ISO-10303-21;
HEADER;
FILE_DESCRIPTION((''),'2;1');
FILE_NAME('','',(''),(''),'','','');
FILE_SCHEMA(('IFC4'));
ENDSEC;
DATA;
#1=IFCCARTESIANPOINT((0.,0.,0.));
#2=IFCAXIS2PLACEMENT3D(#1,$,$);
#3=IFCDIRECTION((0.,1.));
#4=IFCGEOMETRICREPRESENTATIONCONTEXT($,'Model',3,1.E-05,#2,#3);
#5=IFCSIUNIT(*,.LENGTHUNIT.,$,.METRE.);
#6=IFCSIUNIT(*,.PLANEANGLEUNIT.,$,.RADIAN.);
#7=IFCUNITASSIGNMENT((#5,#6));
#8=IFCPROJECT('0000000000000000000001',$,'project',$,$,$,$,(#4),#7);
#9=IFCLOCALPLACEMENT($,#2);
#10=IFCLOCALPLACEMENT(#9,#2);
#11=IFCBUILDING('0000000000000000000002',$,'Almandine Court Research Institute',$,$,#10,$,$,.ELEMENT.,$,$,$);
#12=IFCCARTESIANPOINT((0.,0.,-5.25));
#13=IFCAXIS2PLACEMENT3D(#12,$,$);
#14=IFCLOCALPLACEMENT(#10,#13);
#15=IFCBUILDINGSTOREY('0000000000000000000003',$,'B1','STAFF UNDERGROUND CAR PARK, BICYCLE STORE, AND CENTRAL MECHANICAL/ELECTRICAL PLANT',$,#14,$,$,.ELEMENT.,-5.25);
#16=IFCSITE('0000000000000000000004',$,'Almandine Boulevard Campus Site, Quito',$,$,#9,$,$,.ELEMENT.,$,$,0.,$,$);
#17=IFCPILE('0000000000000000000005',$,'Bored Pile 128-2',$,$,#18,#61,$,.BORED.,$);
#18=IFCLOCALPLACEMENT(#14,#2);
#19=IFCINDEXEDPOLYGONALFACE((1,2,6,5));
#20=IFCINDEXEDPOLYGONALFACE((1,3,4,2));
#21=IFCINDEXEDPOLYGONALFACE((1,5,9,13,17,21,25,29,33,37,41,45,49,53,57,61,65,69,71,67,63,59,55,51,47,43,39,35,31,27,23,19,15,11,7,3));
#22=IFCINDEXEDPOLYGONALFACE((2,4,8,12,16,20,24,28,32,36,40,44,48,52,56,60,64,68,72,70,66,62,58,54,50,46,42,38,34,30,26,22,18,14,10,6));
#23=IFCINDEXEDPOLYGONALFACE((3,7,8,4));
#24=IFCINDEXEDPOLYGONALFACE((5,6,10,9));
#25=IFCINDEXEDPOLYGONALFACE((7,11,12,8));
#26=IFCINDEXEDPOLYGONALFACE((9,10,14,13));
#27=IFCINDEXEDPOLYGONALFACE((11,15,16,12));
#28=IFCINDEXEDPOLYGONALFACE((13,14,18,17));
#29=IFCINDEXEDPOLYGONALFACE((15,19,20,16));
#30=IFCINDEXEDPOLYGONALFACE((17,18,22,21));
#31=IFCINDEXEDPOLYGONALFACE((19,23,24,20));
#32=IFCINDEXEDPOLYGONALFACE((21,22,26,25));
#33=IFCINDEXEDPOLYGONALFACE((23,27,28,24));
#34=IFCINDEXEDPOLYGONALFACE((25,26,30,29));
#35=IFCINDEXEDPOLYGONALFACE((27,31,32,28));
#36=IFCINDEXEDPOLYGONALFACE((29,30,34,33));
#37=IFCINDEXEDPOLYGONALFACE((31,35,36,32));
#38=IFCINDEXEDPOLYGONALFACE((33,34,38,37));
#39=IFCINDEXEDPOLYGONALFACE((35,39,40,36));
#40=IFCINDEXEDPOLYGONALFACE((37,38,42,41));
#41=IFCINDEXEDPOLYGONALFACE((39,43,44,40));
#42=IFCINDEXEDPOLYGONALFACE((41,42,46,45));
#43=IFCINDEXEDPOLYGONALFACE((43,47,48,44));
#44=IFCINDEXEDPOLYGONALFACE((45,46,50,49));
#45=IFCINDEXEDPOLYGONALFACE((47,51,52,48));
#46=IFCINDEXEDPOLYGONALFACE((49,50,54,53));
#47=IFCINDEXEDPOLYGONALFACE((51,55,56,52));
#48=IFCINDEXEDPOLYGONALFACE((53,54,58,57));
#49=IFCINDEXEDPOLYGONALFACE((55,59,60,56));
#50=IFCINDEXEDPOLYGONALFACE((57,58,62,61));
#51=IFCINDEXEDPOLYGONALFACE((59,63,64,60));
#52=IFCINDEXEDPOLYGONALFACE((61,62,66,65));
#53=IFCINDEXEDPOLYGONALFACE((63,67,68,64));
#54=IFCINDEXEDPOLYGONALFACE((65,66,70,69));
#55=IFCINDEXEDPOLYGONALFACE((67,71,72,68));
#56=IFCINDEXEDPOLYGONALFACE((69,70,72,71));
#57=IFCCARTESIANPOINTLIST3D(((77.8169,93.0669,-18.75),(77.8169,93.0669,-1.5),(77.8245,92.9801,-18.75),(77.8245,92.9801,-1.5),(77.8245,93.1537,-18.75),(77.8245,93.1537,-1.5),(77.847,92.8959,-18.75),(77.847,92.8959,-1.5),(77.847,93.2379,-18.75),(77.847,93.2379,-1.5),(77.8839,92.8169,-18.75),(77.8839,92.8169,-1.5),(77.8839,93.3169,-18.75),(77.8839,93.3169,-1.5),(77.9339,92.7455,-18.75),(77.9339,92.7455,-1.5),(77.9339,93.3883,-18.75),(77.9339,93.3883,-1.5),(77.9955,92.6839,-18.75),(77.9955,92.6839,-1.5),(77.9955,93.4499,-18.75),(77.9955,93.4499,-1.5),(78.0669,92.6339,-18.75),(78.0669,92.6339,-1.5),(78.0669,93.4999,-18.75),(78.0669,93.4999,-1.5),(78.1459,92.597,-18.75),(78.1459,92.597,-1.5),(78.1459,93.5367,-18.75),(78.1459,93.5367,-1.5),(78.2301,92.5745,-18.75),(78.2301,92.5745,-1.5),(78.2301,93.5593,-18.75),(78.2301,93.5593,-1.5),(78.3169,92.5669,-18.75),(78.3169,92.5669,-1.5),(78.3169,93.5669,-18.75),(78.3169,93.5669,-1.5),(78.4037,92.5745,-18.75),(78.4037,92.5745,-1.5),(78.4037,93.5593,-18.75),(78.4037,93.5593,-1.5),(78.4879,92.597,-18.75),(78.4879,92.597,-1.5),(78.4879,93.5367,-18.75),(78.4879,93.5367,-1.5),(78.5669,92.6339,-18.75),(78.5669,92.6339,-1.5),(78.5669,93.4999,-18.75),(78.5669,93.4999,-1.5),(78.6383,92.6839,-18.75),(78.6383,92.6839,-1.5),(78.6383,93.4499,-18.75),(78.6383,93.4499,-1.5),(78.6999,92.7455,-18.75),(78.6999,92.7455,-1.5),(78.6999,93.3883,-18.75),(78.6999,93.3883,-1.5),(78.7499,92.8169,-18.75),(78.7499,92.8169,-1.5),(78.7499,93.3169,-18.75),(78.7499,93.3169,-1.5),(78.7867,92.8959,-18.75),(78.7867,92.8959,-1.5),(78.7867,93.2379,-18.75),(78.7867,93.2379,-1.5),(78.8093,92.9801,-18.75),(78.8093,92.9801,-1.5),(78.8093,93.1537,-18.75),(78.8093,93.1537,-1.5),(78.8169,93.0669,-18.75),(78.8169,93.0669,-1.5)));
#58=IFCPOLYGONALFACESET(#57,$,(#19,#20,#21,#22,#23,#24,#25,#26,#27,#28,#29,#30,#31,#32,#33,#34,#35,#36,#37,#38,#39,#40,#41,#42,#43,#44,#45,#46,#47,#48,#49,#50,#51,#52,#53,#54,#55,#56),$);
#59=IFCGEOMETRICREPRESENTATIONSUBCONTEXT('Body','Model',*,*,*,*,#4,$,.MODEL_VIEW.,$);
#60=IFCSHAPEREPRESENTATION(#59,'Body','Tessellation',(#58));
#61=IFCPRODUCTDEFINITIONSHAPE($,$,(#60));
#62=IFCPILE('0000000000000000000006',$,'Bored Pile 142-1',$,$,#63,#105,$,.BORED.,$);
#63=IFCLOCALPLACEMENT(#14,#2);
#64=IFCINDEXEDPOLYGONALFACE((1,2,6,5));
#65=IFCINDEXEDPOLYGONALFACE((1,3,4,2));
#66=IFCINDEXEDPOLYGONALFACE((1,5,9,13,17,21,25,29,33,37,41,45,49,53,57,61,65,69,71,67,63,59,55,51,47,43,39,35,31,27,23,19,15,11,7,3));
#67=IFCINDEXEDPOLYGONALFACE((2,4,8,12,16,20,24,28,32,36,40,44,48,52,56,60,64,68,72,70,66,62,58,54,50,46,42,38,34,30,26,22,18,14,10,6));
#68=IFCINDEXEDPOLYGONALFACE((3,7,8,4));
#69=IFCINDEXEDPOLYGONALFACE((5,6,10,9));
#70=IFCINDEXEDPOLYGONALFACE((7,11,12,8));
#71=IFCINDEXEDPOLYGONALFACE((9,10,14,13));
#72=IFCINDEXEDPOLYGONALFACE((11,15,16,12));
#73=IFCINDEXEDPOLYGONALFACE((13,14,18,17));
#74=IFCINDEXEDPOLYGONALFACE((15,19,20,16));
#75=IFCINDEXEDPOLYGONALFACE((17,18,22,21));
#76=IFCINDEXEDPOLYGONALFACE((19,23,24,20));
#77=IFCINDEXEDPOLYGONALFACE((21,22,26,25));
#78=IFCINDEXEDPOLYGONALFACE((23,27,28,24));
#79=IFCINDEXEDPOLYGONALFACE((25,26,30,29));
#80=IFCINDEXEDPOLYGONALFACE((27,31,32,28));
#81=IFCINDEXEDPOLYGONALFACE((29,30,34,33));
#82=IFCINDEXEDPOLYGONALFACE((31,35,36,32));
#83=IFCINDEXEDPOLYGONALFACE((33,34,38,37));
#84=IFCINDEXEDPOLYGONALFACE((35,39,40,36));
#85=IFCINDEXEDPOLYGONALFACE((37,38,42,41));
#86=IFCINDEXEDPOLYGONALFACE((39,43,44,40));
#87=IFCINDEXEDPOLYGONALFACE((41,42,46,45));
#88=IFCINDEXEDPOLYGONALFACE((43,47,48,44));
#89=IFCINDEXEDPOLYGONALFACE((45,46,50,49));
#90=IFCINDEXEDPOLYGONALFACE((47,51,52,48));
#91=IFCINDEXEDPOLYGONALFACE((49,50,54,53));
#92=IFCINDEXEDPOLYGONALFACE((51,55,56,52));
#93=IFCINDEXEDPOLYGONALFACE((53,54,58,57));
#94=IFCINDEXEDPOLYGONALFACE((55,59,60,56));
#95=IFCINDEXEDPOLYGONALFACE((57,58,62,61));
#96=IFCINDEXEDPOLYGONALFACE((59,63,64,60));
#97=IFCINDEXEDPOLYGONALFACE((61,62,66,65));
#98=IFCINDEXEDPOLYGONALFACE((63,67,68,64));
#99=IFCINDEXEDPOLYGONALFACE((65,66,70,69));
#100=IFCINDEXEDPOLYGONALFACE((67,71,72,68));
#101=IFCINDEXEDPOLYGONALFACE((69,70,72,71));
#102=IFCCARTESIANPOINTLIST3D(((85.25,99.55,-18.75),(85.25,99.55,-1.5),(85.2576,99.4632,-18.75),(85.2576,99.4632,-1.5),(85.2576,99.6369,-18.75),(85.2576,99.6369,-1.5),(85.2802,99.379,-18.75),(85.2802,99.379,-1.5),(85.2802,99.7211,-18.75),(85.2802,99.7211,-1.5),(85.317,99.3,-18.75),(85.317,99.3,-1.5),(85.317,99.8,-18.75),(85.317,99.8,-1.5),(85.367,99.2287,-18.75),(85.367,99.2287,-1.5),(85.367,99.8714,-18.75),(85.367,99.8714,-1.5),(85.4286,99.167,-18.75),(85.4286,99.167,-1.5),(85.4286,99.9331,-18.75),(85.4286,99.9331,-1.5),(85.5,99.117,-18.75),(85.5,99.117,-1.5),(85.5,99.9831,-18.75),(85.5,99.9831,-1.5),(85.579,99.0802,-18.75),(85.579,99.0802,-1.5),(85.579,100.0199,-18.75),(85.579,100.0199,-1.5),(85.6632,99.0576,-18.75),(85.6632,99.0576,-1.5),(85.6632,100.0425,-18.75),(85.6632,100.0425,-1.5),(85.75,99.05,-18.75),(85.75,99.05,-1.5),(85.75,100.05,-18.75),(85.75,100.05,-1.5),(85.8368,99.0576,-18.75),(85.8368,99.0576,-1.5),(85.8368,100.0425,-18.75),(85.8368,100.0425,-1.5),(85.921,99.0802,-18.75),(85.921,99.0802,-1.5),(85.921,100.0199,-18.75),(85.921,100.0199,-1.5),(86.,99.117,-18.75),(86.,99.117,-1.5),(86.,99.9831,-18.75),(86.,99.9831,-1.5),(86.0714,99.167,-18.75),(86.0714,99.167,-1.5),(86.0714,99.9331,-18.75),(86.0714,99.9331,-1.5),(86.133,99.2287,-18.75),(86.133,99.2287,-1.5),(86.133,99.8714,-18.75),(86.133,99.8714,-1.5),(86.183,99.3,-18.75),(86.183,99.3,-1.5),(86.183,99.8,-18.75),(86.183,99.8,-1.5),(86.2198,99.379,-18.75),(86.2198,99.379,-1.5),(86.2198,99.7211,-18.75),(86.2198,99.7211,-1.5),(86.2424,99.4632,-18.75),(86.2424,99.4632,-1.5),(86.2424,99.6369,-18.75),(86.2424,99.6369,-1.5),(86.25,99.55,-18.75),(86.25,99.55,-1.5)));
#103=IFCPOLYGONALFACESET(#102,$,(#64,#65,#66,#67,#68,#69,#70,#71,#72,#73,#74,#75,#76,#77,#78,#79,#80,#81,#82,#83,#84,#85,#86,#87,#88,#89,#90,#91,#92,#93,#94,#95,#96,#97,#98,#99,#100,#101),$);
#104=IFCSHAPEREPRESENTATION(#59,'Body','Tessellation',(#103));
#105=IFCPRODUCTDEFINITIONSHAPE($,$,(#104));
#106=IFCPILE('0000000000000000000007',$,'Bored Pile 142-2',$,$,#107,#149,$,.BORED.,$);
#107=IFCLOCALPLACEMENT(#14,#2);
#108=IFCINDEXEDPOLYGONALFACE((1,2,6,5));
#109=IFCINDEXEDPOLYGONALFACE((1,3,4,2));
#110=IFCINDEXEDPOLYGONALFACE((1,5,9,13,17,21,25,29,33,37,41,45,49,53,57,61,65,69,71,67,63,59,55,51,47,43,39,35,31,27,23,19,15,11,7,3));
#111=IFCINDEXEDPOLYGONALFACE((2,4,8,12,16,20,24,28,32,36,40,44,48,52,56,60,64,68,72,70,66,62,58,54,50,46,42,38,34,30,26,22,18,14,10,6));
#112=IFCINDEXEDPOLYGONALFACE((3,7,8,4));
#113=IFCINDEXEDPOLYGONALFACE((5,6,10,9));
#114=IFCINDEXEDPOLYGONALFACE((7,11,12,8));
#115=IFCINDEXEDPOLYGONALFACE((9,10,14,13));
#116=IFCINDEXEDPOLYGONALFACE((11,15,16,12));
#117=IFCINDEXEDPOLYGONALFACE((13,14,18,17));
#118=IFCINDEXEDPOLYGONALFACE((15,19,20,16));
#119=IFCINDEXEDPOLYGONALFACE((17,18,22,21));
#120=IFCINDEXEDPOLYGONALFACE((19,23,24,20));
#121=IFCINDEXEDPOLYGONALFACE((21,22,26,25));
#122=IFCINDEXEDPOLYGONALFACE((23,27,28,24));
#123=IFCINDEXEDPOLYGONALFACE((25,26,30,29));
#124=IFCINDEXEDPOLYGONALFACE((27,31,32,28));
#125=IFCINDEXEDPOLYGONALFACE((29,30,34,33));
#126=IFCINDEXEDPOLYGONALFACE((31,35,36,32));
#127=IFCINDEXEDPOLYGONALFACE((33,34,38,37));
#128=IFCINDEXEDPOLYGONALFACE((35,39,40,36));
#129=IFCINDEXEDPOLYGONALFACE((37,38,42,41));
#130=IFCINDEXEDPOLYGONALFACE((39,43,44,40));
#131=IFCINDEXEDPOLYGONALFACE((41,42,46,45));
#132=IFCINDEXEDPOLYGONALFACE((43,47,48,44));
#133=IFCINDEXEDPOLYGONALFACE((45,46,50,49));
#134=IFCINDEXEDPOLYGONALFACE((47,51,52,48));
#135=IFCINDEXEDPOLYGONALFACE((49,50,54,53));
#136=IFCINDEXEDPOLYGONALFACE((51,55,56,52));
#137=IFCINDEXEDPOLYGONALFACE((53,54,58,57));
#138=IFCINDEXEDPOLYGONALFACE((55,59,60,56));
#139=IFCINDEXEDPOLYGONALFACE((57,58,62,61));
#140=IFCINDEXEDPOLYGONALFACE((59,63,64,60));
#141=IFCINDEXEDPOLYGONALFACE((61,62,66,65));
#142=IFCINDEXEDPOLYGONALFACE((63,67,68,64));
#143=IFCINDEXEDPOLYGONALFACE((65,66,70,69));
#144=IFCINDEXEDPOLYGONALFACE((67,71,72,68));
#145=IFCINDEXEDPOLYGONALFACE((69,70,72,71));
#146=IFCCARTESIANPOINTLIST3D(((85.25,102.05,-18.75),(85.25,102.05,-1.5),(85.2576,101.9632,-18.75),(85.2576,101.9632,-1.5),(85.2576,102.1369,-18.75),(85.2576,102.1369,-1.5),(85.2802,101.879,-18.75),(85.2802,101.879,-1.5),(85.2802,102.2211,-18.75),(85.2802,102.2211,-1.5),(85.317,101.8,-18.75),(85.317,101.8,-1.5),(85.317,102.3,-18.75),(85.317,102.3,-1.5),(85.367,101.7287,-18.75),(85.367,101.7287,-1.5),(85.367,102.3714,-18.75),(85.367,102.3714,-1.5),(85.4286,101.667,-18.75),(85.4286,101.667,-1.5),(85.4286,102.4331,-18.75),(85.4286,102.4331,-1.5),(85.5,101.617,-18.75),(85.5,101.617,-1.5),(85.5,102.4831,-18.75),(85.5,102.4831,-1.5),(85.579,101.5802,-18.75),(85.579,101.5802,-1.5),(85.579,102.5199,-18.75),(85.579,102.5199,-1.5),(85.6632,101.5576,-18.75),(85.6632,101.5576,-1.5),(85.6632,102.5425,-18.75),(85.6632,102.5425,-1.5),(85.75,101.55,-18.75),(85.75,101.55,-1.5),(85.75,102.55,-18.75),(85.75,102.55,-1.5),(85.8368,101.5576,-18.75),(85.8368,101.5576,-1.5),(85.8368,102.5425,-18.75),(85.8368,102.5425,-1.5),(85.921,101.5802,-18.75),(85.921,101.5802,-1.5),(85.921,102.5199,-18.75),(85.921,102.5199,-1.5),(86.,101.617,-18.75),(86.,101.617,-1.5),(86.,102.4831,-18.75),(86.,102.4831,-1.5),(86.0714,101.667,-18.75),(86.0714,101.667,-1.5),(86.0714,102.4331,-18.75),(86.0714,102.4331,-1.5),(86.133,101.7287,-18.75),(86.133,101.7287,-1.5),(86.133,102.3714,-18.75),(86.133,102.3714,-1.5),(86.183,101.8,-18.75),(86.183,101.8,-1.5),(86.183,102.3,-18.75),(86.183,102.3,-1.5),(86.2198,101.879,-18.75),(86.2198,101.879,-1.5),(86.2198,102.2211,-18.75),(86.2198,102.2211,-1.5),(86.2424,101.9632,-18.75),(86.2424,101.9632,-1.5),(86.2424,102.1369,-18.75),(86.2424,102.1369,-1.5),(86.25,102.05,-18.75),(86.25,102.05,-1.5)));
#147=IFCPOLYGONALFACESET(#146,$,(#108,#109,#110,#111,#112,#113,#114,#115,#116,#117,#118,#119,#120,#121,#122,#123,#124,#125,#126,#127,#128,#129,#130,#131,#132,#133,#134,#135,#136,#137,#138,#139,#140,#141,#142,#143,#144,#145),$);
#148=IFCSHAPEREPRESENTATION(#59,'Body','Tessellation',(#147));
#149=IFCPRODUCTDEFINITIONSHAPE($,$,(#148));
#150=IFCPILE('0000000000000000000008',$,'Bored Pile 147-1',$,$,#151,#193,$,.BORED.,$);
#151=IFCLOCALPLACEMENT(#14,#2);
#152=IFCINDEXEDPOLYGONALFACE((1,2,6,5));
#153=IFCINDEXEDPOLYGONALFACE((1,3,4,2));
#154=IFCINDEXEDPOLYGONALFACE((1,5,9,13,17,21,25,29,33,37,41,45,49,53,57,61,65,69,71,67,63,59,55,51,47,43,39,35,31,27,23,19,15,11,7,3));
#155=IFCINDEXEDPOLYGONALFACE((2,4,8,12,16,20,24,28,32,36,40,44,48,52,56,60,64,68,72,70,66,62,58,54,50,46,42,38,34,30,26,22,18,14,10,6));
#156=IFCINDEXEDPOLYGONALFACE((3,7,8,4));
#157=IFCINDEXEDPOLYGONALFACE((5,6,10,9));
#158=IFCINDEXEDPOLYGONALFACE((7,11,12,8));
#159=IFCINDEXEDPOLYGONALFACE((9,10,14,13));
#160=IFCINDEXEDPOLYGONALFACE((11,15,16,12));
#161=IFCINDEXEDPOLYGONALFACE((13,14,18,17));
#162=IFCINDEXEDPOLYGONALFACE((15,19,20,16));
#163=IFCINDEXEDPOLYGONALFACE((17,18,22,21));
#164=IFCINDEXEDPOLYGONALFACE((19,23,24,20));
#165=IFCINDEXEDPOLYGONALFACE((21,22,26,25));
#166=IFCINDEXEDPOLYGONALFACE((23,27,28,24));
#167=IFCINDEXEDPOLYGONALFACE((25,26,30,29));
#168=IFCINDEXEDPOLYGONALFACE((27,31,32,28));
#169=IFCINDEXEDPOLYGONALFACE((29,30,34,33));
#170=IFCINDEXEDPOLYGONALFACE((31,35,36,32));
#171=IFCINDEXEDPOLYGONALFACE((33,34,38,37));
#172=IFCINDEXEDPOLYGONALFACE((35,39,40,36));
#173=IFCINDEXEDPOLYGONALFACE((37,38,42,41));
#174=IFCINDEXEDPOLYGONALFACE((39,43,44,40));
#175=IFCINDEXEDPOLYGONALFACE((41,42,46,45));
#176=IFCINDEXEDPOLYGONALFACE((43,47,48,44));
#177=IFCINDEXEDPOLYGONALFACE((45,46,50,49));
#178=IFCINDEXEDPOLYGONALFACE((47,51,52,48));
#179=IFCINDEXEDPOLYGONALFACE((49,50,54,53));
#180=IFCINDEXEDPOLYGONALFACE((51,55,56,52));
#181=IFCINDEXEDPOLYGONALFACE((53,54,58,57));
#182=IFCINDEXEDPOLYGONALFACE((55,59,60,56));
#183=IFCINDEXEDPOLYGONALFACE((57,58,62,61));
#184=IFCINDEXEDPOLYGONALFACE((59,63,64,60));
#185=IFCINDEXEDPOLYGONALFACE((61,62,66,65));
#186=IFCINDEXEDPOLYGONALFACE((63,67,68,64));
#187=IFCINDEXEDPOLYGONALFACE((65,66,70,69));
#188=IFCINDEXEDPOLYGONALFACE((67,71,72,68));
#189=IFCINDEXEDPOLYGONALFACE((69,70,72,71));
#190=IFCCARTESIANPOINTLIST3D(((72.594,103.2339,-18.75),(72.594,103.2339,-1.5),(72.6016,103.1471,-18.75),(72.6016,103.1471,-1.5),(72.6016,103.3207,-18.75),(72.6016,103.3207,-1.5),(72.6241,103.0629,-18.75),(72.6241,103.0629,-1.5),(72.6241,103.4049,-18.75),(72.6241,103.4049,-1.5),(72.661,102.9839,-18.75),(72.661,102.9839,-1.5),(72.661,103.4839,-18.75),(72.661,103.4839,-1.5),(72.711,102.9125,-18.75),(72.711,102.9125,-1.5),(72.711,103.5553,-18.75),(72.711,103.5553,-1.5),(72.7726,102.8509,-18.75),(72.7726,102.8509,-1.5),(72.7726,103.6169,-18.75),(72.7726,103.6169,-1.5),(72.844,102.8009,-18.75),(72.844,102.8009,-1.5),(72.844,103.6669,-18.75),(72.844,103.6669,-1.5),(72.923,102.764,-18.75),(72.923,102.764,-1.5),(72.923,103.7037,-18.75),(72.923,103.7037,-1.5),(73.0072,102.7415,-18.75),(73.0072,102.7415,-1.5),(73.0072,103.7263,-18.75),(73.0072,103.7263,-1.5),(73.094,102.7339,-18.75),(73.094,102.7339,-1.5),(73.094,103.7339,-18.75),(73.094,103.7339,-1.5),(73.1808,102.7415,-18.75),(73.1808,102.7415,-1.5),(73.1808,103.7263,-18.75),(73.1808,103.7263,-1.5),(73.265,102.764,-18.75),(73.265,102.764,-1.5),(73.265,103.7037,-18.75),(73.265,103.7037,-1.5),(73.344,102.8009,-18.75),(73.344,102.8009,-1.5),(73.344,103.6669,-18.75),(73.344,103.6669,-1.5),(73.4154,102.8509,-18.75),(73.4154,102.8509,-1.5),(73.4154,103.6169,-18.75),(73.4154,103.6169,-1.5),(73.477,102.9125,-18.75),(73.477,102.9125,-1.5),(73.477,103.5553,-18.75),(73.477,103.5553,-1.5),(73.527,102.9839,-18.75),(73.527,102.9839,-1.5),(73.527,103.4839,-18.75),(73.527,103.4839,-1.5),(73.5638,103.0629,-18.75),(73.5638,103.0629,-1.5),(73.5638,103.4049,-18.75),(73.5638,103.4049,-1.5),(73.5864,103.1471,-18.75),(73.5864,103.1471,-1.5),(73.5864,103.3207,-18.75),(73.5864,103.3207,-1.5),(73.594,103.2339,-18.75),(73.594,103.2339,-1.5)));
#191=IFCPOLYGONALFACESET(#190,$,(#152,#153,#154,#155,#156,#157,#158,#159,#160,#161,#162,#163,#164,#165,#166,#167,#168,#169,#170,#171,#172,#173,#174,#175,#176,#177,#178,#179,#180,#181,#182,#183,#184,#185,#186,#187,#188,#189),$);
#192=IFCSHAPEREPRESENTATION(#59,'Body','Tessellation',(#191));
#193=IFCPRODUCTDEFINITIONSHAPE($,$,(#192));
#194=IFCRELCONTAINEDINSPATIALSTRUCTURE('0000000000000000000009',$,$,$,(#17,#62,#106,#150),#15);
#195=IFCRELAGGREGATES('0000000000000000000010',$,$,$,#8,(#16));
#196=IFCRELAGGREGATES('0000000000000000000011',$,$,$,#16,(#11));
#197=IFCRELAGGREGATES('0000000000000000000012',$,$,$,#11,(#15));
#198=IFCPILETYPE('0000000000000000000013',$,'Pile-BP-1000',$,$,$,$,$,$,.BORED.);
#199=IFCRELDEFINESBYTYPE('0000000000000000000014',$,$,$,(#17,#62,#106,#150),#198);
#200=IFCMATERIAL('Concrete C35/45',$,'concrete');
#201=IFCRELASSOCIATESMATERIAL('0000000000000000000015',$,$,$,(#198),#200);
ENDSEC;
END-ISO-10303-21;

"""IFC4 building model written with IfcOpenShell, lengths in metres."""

from ifc_helpers import new_model, si_unit, direction, frame, origin, origin_2d, place, context, subcontext, project, spatial, circle, extrude, material, material_profile, profile_set, type_object, element, save


model = new_model("IFC4")

# Units and contexts
model_context = context("Model", 3, precision=1e-05, world=origin(), true_north=direction((0.0, 1.0)))
body_context = subcontext(model_context, "Body", "Model", "MODEL_VIEW")
ifc_project = project(units=[si_unit("LENGTHUNIT", "METRE"), si_unit("PLANEANGLEUNIT", "RADIAN")], contexts=[model_context])

# Site, building, storey
site_placement = place(None, origin())
site = spatial("IfcSite", under=ifc_project, at=site_placement, Name="Almandine Boulevard Campus Site, Quito", CompositionType="ELEMENT", RefElevation=0.0)
building_placement = place(site_placement, origin())
building = spatial("IfcBuilding", under=site, at=building_placement, Name="Almandine Court Research Institute", CompositionType="ELEMENT")
storey_placement = place(building_placement, frame((0.0, 0.0, -5.25)))
storey = spatial("IfcBuildingStorey", under=building, at=storey_placement, Name="B1", Description="STAFF UNDERGROUND CAR PARK, BICYCLE STORE, AND CENTRAL MECHANICAL/ELECTRICAL PLANT", CompositionType="ELEMENT", Elevation=-5.25)

# Shared definitions
ifc_material_1 = material(Name="Concrete C35/45", Category="concrete")

# Piles
ifc_material_profile_1 = material_profile(ifc_material_1, circle(Radius=0.5, at=origin_2d()), Name="BORED PILE D1000")
ifc_profile_set_1 = profile_set([ifc_material_profile_1], Name="Concrete C35/45")
pile_type = type_object("IfcPileType", Name="Pile-BP-1000", PredefinedType="BORED", material=ifc_profile_set_1)
for number, where, z_axis, x_axis, name in (
    (1, (78.3169, 93.0669, -1.5), (0.0, 0.0, -1.0), (1.0, 0.0, 0.0), "Bored Pile 128-2"),
    (2, (85.75, 99.55, -1.5), (0.0, 0.0, -1.0), (1.0, 0.0, 0.0), "Bored Pile 142-1"),
    (3, (85.75, 102.05, -1.5), (0.0, 0.0, -1.0), (1.0, 0.0, 0.0), "Bored Pile 142-2"),
    (4, (73.094, 103.2339, -1.5), (0.0, 0.0, -1.0), (1.0, 0.0, 0.0), "Bored Pile 147-1"),
):
    element("IfcPile", number, at=place(storey_placement, frame(where, z_axis=z_axis, x_axis=x_axis)), inside=storey, type_object=pile_type, Name=name, PredefinedType="BORED", context=body_context, shape_type="SweptSolid", body=[
        extrude(circle(Radius=0.5, at=origin_2d()), origin(), (0.0, 0.0, 1.0), 17.25),
    ])

save(model, "model.ifc")
